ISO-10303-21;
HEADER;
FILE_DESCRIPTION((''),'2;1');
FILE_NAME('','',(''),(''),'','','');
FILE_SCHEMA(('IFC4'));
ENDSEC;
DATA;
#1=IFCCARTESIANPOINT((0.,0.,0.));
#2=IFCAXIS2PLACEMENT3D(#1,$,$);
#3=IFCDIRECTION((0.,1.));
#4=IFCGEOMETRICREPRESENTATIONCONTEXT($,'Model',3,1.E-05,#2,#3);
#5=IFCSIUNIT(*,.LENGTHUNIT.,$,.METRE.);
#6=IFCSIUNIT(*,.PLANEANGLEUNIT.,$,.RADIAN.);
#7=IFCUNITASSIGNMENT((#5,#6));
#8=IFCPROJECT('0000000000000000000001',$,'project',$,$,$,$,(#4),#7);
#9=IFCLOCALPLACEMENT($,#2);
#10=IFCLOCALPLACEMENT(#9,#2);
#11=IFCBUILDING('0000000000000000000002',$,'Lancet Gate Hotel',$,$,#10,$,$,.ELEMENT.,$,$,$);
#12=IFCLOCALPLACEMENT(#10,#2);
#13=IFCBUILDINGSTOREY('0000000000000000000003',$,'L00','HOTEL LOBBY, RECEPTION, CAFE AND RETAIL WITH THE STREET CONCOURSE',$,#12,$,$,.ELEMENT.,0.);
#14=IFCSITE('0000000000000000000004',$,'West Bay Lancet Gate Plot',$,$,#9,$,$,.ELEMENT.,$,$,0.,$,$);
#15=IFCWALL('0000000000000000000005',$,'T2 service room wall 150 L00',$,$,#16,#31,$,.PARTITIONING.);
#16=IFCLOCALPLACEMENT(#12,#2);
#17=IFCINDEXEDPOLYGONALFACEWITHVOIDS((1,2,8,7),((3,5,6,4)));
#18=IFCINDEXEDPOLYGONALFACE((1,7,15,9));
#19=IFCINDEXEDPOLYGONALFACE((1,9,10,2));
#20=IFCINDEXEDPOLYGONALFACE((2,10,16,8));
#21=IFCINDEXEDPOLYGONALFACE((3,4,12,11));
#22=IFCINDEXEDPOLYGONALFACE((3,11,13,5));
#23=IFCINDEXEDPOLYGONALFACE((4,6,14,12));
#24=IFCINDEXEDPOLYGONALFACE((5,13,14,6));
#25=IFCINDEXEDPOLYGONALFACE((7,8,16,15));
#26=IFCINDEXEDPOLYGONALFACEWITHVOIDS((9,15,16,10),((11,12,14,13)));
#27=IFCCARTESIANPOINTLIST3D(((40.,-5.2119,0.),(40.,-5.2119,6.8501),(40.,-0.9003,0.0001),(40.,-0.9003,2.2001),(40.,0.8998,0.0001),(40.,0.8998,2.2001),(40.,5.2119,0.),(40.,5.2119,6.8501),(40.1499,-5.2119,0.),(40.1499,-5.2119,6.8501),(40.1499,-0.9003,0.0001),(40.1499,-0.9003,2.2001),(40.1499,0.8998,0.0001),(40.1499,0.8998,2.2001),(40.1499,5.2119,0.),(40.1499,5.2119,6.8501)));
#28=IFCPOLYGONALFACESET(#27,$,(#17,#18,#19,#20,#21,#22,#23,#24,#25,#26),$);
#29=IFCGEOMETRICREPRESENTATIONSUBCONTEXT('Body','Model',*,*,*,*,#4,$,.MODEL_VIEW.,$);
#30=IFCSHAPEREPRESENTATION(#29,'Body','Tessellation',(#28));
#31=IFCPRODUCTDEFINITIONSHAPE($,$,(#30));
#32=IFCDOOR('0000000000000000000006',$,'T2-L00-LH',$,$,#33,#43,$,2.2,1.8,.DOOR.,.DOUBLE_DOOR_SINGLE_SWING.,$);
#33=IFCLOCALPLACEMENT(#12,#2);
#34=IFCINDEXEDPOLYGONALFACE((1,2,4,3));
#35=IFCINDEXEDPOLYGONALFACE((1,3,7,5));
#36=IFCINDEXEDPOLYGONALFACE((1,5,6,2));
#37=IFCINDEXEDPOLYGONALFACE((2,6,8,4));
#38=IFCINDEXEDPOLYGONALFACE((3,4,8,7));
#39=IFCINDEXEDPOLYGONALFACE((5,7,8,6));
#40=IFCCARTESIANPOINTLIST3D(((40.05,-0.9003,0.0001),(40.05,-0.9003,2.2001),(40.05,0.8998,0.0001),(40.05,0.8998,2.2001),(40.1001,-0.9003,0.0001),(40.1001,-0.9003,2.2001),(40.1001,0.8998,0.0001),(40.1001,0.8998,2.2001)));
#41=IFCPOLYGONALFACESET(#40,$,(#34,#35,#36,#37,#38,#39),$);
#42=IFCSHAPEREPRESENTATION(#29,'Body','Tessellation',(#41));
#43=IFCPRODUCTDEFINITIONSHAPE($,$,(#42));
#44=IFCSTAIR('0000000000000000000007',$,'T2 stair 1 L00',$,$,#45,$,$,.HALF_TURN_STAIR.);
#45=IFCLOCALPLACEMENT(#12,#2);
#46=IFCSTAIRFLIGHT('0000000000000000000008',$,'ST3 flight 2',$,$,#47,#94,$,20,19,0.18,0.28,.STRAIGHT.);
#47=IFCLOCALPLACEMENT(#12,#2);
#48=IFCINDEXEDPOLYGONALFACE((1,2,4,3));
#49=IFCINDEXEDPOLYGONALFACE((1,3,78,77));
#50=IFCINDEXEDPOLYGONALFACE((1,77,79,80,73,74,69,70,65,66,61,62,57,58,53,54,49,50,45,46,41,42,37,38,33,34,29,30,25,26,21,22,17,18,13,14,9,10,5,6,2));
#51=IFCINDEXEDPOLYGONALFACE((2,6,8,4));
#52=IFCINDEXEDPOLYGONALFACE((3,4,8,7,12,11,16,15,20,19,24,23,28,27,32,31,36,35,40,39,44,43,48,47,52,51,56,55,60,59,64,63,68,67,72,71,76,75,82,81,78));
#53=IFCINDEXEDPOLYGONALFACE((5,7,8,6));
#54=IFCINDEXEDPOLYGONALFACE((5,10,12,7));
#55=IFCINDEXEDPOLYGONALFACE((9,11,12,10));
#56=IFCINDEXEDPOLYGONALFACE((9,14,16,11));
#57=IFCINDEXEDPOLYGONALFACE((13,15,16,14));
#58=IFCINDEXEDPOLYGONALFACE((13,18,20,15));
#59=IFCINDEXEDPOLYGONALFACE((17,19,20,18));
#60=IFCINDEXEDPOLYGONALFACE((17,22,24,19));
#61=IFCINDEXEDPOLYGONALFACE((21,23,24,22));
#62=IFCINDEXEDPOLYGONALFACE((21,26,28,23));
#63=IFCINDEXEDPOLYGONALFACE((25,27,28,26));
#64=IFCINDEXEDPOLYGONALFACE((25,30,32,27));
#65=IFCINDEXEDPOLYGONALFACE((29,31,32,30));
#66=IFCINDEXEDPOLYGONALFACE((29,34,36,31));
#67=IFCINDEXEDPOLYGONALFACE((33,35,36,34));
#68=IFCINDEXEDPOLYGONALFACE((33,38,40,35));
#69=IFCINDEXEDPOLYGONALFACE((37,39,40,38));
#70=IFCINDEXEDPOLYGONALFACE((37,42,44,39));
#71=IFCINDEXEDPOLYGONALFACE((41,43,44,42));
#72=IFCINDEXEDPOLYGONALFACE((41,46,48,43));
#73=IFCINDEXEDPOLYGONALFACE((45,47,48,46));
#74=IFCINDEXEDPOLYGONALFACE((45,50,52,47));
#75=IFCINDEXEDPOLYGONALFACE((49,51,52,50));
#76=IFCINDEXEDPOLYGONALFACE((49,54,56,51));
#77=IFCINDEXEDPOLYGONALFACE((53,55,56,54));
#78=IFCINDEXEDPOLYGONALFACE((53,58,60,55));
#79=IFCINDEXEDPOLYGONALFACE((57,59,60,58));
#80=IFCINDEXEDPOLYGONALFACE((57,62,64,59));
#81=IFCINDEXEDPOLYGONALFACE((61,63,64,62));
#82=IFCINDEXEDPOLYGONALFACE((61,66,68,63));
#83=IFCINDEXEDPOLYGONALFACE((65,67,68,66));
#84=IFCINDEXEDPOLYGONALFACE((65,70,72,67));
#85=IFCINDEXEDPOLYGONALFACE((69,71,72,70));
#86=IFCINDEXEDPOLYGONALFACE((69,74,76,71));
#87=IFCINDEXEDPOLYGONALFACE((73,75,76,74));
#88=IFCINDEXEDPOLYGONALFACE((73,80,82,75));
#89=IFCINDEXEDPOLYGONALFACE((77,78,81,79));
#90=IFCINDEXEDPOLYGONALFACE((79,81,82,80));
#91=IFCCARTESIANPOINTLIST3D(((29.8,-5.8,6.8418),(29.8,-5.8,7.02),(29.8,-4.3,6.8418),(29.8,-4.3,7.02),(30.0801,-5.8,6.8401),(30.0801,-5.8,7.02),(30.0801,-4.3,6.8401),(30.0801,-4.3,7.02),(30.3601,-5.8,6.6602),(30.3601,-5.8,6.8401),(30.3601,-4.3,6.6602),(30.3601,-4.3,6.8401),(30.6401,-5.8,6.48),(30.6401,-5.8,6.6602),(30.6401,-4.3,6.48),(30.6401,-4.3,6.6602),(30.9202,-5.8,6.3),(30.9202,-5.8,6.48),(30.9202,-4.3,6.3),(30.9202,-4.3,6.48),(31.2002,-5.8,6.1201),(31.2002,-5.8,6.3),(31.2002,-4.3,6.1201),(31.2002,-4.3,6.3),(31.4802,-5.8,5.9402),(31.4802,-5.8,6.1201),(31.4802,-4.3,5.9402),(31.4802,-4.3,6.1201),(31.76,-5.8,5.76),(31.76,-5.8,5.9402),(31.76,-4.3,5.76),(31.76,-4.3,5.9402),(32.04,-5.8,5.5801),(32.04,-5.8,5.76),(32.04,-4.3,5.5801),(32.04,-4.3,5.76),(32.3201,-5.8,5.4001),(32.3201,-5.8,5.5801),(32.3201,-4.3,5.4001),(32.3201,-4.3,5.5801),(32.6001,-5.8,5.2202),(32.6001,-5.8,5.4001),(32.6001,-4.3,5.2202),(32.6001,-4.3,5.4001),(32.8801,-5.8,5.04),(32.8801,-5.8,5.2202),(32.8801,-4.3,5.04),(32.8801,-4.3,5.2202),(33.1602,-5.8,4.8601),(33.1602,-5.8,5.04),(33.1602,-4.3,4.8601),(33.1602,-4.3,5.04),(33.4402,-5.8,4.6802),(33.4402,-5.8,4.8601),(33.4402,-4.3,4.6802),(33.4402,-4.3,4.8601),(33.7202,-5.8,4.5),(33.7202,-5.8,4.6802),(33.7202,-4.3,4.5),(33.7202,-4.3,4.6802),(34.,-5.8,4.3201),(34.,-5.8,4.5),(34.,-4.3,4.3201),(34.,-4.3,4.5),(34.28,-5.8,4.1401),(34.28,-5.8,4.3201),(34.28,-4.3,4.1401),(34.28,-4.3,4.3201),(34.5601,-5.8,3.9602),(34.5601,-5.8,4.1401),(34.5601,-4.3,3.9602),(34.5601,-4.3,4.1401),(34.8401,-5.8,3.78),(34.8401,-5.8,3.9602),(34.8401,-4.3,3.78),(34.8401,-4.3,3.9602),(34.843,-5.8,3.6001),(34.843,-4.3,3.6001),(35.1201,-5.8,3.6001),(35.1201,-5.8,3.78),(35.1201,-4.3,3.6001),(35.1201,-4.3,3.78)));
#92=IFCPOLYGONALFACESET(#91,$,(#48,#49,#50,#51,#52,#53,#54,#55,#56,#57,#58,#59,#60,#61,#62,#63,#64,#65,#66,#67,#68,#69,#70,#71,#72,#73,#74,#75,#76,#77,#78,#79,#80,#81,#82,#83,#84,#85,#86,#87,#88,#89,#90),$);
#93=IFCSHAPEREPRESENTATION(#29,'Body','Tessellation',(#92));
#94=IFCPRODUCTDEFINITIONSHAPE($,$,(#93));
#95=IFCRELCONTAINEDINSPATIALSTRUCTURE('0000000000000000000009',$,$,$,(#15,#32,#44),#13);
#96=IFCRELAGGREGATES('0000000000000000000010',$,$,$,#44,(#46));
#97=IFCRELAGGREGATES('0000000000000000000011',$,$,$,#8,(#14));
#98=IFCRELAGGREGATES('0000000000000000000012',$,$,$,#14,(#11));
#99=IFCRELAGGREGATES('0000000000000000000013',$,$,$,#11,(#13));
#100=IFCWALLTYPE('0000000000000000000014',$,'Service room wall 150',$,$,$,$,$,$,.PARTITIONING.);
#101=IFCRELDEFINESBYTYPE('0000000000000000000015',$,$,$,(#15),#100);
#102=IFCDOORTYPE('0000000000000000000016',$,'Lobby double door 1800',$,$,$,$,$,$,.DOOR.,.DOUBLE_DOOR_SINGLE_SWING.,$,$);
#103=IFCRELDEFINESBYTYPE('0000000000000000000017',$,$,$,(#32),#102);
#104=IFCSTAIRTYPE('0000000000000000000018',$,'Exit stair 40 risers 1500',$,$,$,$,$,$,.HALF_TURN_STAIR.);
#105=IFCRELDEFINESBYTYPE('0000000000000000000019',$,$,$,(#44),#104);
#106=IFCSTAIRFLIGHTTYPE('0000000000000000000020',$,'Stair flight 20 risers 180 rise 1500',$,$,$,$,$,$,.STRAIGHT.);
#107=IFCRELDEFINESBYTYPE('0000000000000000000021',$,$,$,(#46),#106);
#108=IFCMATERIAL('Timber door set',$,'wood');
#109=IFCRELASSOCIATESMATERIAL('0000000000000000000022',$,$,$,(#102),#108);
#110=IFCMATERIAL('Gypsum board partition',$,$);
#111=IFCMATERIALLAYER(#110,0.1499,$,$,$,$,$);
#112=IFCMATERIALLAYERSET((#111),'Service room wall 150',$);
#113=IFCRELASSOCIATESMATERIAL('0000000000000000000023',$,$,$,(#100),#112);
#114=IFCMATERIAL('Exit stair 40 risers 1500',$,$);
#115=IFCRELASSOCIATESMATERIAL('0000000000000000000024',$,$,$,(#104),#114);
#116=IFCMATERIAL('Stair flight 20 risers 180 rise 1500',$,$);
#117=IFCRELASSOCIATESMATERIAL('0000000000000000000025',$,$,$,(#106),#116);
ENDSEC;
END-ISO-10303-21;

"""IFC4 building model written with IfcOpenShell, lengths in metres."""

from ifc_helpers import new_model, si_unit, direction, frame, frame_2d, origin, place, context, subcontext, project, spatial, polyline, rectangle, outline, extrude, material, layer, layer_set, type_object, element, fill, aggregate, save


model = new_model("IFC4")

# Units and contexts
model_context = context("Model", 3, precision=1e-05, world=origin(), true_north=direction((0.0, 1.0)))
body_context = subcontext(model_context, "Body", "Model", "MODEL_VIEW")
ifc_project = project(units=[si_unit("LENGTHUNIT", "METRE"), si_unit("PLANEANGLEUNIT", "RADIAN")], contexts=[model_context])

# Site, building, storey
site_placement = place(None, origin())
site = spatial("IfcSite", under=ifc_project, at=site_placement, Name="West Bay Lancet Gate Plot", CompositionType="ELEMENT", RefElevation=0.0)
building_placement = place(site_placement, origin())
building = spatial("IfcBuilding", under=site, at=building_placement, Name="Lancet Gate Hotel", CompositionType="ELEMENT")
storey_placement = place(building_placement, origin())
storey = spatial("IfcBuildingStorey", under=building, at=storey_placement, Name="L00", Description="HOTEL LOBBY, RECEPTION, CAFE AND RETAIL WITH THE STREET CONCOURSE", CompositionType="ELEMENT", Elevation=0.0)

# Shared definitions
ifc_material_1 = material(Name="Timber door set", Category="wood")
door_type_1 = type_object("IfcDoorType", Name="Lobby double door 1800", OperationType="DOUBLE_DOOR_SINGLE_SWING", PredefinedType="DOOR", material=ifc_material_1)

# Wall, opening, door
ifc_material_2 = material(Name="Gypsum board partition")
ifc_layer_1 = layer(ifc_material_2, 0.1499)
ifc_layer_set_1 = layer_set([ifc_layer_1], Name="Service room wall 150")
wall_type_1 = type_object("IfcWallType", Name="Service room wall 150", PredefinedType="PARTITIONING", material=ifc_layer_set_1)
wall_1_placement = place(storey_placement, frame((40.075, -5.2119, 0.0), z_axis=(0.0, 0.0, 1.0), x_axis=(0.0, 1.0, 0.0)))
wall_1 = element("IfcWall", 1, at=wall_1_placement, inside=storey, type_object=wall_type_1, Name="T2 service room wall 150 L00", PredefinedType="PARTITIONING", context=body_context, shape_type="SweptSolid", body=[
    extrude(rectangle(XDim=10.4238, YDim=0.1499, at=frame_2d((5.2119, 0.0))), origin(), (0.0, 0.0, 1.0), 6.8501),
])
opening_1_placement = place(wall_1_placement, frame((4.3118, 0.0, 0.0)))
opening_1 = element("IfcOpeningElement", 2, at=opening_1_placement, cuts=wall_1, PredefinedType="OPENING", context=body_context, shape_type="SweptSolid", body=[
    extrude(rectangle(XDim=1.8, YDim=2.2, at=frame_2d((0.8999, 1.1001))), frame((0.0, 0.085, 0.0), z_axis=(0.0, -1.0, 0.0), x_axis=(1.0, 0.0, 0.0)), (0.0, 0.0, 1.0), 0.1699),
])
door_1_placement = place(opening_1_placement, origin())
door_1 = element("IfcDoor", 3, at=door_1_placement, inside=storey, type_object=door_type_1, Name="T2-L00-LH", OperationType="DOUBLE_DOOR_SINGLE_SWING", OverallHeight=2.2, OverallWidth=1.8, PredefinedType="DOOR", context=body_context, shape_type="SweptSolid", body=[
    extrude(rectangle(XDim=1.8, YDim=2.2, at=frame_2d((0.8999, 1.1001))), frame((0.0, 0.0249, 0.0), z_axis=(0.0, -1.0, 0.0), x_axis=(1.0, 0.0, 0.0)), (0.0, 0.0, 1.0), 0.05),
])
fill(opening_1, door_1)

# Stair, stair flight
ifc_material_3 = material(Name="Exit stair 40 risers 1500")
stair_type = type_object("IfcStairType", Name="Exit stair 40 risers 1500", PredefinedType="HALF_TURN_STAIR", material=ifc_material_3)
stair_placement = place(storey_placement, origin())
stair = element("IfcStair", 4, at=stair_placement, inside=storey, type_object=stair_type, Name="T2 stair 1 L00", PredefinedType="HALF_TURN_STAIR")
ifc_material_4 = material(Name="Stair flight 20 risers 180 rise 1500")
stair_flight_type = type_object("IfcStairFlightType", Name="Stair flight 20 risers 180 rise 1500", PredefinedType="STRAIGHT", material=ifc_material_4)
stair_flight_placement = place(storey_placement, frame((35.1201, -5.05, 3.6001), z_axis=(0.0, 0.0, 1.0), x_axis=(-1.0, 0.0, 0.0)))
stair_flight = element("IfcStairFlight", 5, at=stair_flight_placement, type_object=stair_flight_type, Name="ST3 flight 2", NumberOfRisers=20, NumberOfTreads=19, PredefinedType="STRAIGHT", RiserHeight=0.18, TreadLength=0.28, context=body_context, shape_type="SweptSolid", body=[
    extrude(outline(polyline([(0.0, 0.0), (0.0, 0.1799), (0.28, 0.1799), (0.28, 0.3601), (0.5601, 0.3601), (0.5601, 0.54), (0.8401, 0.54), (0.8401, 0.72), (1.1201, 0.72), (1.1201, 0.8999), (1.3999, 0.8999), (1.3999, 1.0801), (1.6799, 1.0801), (1.6799, 1.26), (1.96, 1.26), (1.96, 1.4399), (2.24, 1.4399), (2.24, 1.6201), (2.52, 1.6201), (2.52, 1.8), (2.8, 1.8), (2.8, 1.98), (3.0801, 1.98), (3.0801, 2.1599), (3.3601, 2.1599), (3.3601, 2.3401), (3.6399, 2.3401), (3.6399, 2.52), (3.9199, 2.52), (3.9199, 2.7), (4.2, 2.7), (4.2, 2.8799), (4.48, 2.8799), (4.48, 3.0601), (4.76, 3.0601), (4.76, 3.24), (5.04, 3.24), (5.04, 3.4199), (5.3201, 3.4199), (5.3201, 3.6001), (5.3201, 3.2417), (0.2771, 0.0), (0.0, 0.0)])), frame((0.0, 0.75, 0.0), z_axis=(0.0, -1.0, 0.0), x_axis=(1.0, 0.0, 0.0)), (0.0, 0.0, 1.0), 1.5),
])
aggregate(stair, [stair_flight])

save(model, "model.ifc")
